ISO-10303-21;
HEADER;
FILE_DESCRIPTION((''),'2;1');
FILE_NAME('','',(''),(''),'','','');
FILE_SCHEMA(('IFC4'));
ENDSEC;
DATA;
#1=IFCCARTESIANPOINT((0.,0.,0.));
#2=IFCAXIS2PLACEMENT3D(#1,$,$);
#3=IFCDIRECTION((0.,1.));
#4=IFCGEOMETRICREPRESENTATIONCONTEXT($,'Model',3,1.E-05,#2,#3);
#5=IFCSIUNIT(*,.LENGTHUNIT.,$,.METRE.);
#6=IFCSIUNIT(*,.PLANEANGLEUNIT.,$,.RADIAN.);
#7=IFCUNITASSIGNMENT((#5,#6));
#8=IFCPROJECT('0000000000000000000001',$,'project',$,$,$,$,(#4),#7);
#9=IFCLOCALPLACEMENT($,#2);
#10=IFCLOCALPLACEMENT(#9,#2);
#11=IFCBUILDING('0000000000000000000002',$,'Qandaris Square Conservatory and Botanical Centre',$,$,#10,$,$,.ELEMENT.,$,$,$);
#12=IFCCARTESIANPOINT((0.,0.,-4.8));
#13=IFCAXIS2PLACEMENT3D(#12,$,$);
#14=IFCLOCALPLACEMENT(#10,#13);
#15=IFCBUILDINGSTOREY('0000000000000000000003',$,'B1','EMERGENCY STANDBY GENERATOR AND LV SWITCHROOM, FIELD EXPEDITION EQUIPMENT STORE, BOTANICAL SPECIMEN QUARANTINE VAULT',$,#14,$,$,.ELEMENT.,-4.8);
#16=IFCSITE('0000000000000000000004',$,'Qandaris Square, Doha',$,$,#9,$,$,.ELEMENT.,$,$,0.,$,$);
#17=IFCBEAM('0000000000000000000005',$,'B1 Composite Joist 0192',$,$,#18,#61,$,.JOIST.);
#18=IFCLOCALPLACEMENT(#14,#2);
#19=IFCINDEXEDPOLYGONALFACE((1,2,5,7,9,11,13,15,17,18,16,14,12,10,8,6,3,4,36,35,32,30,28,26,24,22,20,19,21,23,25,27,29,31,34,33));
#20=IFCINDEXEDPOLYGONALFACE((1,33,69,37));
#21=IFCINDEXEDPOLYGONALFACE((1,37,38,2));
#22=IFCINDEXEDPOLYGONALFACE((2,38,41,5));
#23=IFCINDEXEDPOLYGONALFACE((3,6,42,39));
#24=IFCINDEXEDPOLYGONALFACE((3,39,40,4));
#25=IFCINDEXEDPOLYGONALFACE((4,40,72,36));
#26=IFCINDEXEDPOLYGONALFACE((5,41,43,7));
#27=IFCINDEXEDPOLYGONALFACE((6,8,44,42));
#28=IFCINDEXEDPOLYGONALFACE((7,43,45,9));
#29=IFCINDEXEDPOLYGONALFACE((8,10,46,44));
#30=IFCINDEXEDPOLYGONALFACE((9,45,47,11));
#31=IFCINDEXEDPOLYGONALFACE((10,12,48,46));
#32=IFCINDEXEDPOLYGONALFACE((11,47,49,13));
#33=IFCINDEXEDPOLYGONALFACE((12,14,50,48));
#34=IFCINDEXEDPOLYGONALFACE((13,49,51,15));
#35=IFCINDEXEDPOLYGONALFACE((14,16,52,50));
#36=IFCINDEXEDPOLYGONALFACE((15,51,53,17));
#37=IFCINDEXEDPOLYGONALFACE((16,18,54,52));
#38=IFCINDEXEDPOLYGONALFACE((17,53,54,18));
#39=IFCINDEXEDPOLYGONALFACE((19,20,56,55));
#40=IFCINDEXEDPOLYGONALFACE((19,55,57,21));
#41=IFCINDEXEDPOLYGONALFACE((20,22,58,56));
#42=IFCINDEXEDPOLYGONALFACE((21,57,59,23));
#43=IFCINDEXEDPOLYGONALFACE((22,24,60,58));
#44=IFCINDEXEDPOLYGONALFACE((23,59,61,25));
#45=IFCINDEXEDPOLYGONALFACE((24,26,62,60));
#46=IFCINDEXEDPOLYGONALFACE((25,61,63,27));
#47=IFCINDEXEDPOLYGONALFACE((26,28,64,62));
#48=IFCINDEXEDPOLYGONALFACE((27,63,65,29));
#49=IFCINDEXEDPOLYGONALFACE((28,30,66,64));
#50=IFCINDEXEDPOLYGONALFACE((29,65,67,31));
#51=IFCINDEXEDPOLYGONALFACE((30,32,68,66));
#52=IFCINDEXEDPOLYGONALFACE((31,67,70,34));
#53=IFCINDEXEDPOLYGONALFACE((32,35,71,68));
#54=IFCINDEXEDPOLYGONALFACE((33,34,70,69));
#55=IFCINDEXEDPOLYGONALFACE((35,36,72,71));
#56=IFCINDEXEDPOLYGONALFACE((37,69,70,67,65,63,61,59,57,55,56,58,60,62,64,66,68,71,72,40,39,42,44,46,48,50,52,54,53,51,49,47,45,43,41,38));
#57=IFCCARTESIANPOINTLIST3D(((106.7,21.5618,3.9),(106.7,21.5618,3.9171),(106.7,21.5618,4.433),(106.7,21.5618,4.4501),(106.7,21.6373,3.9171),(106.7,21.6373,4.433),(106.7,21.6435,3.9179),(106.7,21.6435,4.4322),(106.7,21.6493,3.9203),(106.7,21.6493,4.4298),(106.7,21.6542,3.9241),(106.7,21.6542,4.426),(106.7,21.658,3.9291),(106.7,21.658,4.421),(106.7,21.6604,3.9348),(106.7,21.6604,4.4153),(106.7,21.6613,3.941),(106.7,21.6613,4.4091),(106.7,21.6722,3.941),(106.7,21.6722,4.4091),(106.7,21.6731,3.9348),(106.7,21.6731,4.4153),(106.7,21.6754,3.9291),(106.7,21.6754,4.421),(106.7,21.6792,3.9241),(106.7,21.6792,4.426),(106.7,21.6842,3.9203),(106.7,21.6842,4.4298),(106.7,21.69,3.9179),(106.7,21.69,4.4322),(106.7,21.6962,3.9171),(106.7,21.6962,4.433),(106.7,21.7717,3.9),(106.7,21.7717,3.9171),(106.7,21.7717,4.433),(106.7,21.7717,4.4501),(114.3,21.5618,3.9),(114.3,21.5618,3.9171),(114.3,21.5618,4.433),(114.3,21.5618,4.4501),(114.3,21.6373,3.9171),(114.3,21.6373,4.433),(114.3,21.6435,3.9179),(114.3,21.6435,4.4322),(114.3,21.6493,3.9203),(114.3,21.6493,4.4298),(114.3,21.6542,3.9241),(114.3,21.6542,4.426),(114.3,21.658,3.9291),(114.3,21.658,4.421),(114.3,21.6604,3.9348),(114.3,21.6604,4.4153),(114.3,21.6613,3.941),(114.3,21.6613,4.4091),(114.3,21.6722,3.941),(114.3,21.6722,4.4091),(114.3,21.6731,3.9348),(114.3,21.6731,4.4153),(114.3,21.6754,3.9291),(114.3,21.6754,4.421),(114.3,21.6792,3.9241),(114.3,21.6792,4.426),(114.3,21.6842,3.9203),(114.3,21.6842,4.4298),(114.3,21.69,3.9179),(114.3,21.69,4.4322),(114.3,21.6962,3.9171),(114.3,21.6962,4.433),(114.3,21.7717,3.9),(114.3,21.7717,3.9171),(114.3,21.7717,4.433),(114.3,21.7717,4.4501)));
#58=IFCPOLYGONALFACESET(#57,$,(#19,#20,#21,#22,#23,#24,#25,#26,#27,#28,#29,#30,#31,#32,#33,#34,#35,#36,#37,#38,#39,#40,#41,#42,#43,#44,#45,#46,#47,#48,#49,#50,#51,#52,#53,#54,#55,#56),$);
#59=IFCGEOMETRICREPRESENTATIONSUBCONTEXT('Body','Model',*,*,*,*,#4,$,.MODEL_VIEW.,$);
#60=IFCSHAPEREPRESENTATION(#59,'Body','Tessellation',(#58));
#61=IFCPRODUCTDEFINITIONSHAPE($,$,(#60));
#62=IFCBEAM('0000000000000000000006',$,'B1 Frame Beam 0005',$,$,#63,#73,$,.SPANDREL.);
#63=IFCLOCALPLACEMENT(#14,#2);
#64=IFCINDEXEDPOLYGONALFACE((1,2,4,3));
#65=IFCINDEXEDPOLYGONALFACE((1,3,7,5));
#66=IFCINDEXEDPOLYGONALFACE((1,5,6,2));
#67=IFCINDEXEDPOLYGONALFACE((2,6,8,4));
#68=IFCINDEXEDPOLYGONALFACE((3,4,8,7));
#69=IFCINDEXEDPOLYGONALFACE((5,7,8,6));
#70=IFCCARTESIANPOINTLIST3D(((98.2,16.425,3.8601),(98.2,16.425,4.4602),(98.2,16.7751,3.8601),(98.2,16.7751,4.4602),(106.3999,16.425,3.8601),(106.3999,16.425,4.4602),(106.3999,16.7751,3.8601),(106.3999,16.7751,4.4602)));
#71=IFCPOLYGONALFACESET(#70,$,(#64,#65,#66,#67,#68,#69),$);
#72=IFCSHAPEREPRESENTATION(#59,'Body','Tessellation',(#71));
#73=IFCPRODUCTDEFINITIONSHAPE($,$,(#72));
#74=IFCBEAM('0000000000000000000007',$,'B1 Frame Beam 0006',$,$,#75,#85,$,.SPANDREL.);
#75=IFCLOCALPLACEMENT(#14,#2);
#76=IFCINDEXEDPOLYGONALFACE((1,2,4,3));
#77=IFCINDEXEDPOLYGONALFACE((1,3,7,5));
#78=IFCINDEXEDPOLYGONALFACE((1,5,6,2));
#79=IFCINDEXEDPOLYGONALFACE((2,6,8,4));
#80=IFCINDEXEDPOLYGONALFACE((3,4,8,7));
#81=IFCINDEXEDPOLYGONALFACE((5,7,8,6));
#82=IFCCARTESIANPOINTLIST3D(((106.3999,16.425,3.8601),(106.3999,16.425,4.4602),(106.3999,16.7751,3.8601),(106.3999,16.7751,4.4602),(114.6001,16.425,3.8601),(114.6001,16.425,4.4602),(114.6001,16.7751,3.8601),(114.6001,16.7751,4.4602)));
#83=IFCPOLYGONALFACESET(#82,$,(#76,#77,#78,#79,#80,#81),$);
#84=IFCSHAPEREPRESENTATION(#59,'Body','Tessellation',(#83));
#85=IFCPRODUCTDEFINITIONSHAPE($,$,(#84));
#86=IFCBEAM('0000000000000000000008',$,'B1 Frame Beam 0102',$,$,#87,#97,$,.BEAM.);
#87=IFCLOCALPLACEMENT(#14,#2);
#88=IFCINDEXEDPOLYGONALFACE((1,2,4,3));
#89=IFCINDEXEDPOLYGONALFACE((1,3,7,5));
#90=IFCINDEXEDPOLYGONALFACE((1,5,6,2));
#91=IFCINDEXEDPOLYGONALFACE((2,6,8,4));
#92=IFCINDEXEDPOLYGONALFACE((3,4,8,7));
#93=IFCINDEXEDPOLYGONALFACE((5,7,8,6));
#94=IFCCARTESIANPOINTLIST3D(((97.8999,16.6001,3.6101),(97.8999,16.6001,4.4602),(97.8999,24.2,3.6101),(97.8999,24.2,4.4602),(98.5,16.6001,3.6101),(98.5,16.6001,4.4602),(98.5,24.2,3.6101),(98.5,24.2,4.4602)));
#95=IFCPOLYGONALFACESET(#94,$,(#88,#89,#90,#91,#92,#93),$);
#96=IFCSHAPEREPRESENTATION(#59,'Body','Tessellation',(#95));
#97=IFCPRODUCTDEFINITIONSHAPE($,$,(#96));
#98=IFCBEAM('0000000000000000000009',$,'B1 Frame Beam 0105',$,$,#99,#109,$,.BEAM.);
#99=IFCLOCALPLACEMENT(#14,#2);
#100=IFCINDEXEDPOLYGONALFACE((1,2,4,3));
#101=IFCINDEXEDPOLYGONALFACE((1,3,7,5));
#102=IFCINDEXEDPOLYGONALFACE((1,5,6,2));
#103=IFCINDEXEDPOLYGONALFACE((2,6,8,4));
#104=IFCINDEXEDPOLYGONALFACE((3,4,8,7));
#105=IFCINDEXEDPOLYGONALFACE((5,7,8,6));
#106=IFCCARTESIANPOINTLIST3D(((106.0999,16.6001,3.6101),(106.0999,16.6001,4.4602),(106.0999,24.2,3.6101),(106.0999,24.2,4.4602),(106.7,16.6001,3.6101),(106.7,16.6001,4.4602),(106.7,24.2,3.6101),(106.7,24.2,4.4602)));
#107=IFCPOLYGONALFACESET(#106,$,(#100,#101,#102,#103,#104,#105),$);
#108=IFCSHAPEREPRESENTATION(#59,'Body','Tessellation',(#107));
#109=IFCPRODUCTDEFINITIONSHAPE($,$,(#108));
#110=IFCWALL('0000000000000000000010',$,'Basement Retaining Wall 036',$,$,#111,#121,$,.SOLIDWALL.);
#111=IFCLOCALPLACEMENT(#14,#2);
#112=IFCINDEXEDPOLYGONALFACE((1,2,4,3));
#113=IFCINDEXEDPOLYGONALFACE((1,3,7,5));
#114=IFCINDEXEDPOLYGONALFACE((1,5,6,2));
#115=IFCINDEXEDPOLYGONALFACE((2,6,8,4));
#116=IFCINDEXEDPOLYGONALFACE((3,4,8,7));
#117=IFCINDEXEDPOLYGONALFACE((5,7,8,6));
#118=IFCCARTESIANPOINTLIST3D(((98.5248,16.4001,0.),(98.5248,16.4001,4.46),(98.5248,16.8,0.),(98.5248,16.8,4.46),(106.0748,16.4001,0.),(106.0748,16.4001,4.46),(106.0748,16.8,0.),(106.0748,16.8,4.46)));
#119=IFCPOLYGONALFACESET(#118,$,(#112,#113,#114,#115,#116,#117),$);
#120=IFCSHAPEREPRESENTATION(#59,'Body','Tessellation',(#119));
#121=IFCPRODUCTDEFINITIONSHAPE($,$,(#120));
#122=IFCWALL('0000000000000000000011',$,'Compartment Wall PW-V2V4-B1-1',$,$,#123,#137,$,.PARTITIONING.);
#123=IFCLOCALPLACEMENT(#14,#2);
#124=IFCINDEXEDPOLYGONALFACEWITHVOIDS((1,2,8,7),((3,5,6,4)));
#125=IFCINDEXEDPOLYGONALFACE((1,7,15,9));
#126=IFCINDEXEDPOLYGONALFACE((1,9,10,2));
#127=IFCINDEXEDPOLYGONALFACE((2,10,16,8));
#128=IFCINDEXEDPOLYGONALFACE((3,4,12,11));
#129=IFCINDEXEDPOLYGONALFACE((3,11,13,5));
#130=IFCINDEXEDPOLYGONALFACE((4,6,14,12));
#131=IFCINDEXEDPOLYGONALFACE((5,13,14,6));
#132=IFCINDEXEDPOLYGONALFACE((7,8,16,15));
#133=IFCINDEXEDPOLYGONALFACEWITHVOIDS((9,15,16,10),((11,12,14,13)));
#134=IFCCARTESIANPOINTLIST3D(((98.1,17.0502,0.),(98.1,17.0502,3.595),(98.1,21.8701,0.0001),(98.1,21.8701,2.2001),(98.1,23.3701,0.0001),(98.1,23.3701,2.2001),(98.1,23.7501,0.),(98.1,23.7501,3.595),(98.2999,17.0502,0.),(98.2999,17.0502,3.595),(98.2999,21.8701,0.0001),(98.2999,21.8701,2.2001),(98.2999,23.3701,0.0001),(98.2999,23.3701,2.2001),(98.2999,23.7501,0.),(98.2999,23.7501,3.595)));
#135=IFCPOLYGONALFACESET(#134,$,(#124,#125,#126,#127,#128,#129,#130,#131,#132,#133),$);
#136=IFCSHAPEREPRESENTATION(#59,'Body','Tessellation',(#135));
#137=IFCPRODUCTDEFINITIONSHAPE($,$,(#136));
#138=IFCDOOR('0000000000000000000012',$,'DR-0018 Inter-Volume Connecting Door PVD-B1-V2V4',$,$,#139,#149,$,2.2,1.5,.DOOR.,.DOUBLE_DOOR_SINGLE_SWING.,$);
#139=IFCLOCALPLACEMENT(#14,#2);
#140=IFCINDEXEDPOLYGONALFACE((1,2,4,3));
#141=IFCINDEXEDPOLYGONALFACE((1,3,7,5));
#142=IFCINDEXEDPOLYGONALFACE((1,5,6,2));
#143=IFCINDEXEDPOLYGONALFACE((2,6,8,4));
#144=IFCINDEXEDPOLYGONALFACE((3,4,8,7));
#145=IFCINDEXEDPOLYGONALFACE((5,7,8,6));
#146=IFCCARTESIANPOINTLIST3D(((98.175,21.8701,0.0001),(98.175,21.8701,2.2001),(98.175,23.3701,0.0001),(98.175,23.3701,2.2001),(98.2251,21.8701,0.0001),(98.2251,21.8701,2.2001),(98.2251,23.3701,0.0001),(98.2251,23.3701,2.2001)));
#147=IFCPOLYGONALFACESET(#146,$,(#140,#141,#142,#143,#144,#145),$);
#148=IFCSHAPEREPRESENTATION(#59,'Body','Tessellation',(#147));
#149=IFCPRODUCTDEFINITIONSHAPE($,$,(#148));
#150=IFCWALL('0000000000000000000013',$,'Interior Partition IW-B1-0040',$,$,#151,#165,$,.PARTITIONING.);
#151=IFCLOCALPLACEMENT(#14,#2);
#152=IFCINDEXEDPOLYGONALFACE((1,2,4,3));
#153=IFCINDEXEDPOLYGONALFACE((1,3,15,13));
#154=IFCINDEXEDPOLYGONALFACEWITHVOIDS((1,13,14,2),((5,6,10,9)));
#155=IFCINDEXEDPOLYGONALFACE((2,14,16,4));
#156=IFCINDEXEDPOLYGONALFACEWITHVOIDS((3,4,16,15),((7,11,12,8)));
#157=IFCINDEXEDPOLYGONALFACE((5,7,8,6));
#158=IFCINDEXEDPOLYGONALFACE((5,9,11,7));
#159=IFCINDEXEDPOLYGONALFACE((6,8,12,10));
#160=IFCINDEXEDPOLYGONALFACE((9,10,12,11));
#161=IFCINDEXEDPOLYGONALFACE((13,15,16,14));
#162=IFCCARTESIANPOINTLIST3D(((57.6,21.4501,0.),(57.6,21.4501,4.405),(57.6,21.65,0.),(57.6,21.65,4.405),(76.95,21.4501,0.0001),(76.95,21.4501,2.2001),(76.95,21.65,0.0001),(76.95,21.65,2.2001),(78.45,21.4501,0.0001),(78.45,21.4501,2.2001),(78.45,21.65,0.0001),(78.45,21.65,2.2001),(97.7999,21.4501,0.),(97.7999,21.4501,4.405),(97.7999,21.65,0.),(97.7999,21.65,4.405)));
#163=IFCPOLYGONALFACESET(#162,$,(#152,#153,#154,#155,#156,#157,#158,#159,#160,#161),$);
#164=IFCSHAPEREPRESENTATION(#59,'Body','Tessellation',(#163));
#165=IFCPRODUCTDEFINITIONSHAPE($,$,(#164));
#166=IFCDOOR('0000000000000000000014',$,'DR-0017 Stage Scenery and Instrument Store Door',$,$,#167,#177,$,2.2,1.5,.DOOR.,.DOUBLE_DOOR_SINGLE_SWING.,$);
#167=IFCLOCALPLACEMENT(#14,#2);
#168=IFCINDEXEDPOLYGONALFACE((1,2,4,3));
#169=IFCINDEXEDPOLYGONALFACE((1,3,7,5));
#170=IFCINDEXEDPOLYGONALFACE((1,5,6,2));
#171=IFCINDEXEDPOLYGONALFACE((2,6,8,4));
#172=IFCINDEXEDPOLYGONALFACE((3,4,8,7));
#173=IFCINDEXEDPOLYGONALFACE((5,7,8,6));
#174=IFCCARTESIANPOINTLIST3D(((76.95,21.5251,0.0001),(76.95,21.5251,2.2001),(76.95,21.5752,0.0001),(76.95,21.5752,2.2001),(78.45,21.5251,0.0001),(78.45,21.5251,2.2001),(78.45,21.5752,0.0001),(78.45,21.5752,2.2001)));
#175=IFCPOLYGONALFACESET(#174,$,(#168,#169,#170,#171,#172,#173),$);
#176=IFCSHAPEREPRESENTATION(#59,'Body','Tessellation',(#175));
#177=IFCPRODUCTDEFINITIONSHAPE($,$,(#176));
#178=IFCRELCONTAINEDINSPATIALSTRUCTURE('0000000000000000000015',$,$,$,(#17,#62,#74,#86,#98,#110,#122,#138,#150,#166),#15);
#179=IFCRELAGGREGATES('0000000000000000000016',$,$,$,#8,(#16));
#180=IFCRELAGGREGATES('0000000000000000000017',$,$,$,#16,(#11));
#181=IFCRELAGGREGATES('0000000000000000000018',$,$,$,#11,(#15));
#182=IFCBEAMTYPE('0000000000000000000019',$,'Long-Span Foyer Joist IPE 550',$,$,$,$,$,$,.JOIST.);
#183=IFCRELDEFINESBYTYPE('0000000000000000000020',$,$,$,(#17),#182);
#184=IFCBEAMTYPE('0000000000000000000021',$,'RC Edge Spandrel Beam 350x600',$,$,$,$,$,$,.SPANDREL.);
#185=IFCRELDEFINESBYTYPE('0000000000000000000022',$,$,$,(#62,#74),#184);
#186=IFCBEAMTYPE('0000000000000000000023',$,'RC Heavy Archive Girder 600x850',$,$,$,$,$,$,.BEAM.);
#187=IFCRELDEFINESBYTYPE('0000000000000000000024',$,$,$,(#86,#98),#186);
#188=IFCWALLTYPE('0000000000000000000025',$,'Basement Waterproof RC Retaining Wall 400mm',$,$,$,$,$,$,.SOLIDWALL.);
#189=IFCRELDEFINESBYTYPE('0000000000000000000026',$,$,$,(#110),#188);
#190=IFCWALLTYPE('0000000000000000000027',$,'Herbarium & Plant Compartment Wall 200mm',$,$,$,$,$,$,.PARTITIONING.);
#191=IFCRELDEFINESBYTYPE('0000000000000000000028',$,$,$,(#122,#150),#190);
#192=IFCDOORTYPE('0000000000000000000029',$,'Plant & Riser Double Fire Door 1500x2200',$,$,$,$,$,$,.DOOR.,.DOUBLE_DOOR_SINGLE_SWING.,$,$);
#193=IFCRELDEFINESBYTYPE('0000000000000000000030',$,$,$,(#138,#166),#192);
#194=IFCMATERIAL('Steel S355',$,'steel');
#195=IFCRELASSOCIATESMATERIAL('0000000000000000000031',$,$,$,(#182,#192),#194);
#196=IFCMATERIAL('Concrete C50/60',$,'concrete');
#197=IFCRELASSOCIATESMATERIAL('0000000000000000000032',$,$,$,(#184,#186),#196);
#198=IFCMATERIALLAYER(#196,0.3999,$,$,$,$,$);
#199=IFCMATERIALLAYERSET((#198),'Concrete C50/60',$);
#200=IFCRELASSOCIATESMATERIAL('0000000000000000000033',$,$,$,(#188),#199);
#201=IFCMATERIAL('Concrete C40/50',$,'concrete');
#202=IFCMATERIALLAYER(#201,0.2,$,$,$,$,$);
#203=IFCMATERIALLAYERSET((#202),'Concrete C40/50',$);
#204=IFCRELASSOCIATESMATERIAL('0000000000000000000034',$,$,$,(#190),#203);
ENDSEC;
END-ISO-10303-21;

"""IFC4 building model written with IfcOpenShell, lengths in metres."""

from ifc_helpers import new_model, si_unit, direction, frame, frame_2d, origin, origin_2d, place, context, subcontext, project, spatial, rectangle, i_section, extrude, material, layer, layer_set, material_profile, profile_set, type_object, element, fill, save


model = new_model("IFC4")

# Units and contexts
model_context = context("Model", 3, precision=1e-05, world=origin(), true_north=direction((0.0, 1.0)))
body_context = subcontext(model_context, "Body", "Model", "MODEL_VIEW")
ifc_project = project(units=[si_unit("LENGTHUNIT", "METRE"), si_unit("PLANEANGLEUNIT", "RADIAN")], contexts=[model_context])

# Site, building, storey
site_placement = place(None, origin())
site = spatial("IfcSite", under=ifc_project, at=site_placement, Name="Qandaris Square, Doha", CompositionType="ELEMENT", RefElevation=0.0)
building_placement = place(site_placement, origin())
building = spatial("IfcBuilding", under=site, at=building_placement, Name="Qandaris Square Conservatory and Botanical Centre", CompositionType="ELEMENT")
storey_placement = place(building_placement, frame((0.0, 0.0, -4.8)))
storey = spatial("IfcBuildingStorey", under=building, at=storey_placement, Name="B1", Description="EMERGENCY STANDBY GENERATOR AND LV SWITCHROOM, FIELD EXPEDITION EQUIPMENT STORE, BOTANICAL SPECIMEN QUARANTINE VAULT", CompositionType="ELEMENT", Elevation=-4.8)

# Shared definitions
ifc_material_1 = material(Name="Concrete C50/60", Category="concrete")

# Shared definitions
ifc_material_2 = material(Name="Concrete C40/50", Category="concrete")

# Beams
ifc_material_3 = material(Name="Steel S355", Category="steel")
ifc_material_profile_1 = material_profile(ifc_material_3, i_section(OverallWidth=0.21, OverallDepth=0.55, WebThickness=0.011, FlangeThickness=0.0171, FilletRadius=0.0239, at=origin_2d()), Name="IPE 550")
ifc_profile_set_1 = profile_set([ifc_material_profile_1], Name="Steel S355")
beam_type_1 = type_object("IfcBeamType", Name="Long-Span Foyer Joist IPE 550", PredefinedType="JOIST", material=ifc_profile_set_1)
beam_1_placement = place(storey_placement, frame((106.7, 21.6667, 4.175), z_axis=(1.0, 0.0, 0.0), x_axis=(0.0, 1.0, 0.0)))
element("IfcBeam", 1, at=beam_1_placement, inside=storey, type_object=beam_type_1, Name="B1 Composite Joist 0192", PredefinedType="JOIST", context=body_context, shape_type="SweptSolid", body=[
    extrude(i_section(OverallWidth=0.21, OverallDepth=0.55, WebThickness=0.011, FlangeThickness=0.0171, FilletRadius=0.0239, at=origin_2d()), origin(), (0.0, 0.0, 1.0), 7.6001),
])
ifc_material_profile_2 = material_profile(ifc_material_1, rectangle(XDim=0.3501, YDim=0.6001, at=origin_2d()), Name="RC-SP 350x600")
ifc_profile_set_2 = profile_set([ifc_material_profile_2], Name="Concrete C50/60")
beam_type_2 = type_object("IfcBeamType", Name="RC Edge Spandrel Beam 350x600", PredefinedType="SPANDREL", material=ifc_profile_set_2)
beam_2_placement = place(storey_placement, frame((98.2, 16.6001, 4.1602), z_axis=(1.0, 0.0, 0.0), x_axis=(0.0, 1.0, 0.0)))
element("IfcBeam", 2, at=beam_2_placement, inside=storey, type_object=beam_type_2, Name="B1 Frame Beam 0005", PredefinedType="SPANDREL", context=body_context, shape_type="SweptSolid", body=[
    extrude(rectangle(XDim=0.3501, YDim=0.6001, at=origin_2d()), origin(), (0.0, 0.0, 1.0), 8.2),
])
beam_3_placement = place(storey_placement, frame((106.3999, 16.6001, 4.1602), z_axis=(1.0, 0.0, 0.0), x_axis=(0.0, 1.0, 0.0)))
element("IfcBeam", 3, at=beam_3_placement, inside=storey, type_object=beam_type_2, Name="B1 Frame Beam 0006", PredefinedType="SPANDREL", context=body_context, shape_type="SweptSolid", body=[
    extrude(rectangle(XDim=0.3501, YDim=0.6001, at=origin_2d()), origin(), (0.0, 0.0, 1.0), 8.2002),
])
ifc_material_profile_3 = material_profile(ifc_material_1, rectangle(XDim=0.6001, YDim=0.8501, at=origin_2d()), Name="RC-BM 600x850")
ifc_profile_set_3 = profile_set([ifc_material_profile_3], Name="Concrete C50/60")
beam_type_3 = type_object("IfcBeamType", Name="RC Heavy Archive Girder 600x850", PredefinedType="BEAM", material=ifc_profile_set_3)
for number, where, z_axis, x_axis, name in (
    (4, (98.2, 16.6001, 4.0352), (0.0, 1.0, 0.0), (-1.0, 0.0, 0.0), "B1 Frame Beam 0102"),
    (5, (106.3999, 16.6001, 4.0352), (0.0, 1.0, 0.0), (-1.0, 0.0, 0.0), "B1 Frame Beam 0105"),
):
    element("IfcBeam", number, at=place(storey_placement, frame(where, z_axis=z_axis, x_axis=x_axis)), inside=storey, type_object=beam_type_3, Name=name, PredefinedType="BEAM", context=body_context, shape_type="SweptSolid", body=[
        extrude(rectangle(XDim=0.6001, YDim=0.8501, at=origin_2d()), origin(), (0.0, 0.0, 1.0), 7.5999),
    ])

# Wall
ifc_layer_1 = layer(ifc_material_1, 0.3999)
ifc_layer_set_1 = layer_set([ifc_layer_1], Name="Concrete C50/60")
wall_type_1 = type_object("IfcWallType", Name="Basement Waterproof RC Retaining Wall 400mm", PredefinedType="SOLIDWALL", material=ifc_layer_set_1)
wall_1_placement = place(storey_placement, frame((98.5249, 16.6001, 0.0), z_axis=(0.0, 0.0, 1.0), x_axis=(1.0, 0.0, 0.0)))
element("IfcWall", 6, at=wall_1_placement, inside=storey, type_object=wall_type_1, Name="Basement Retaining Wall 036", PredefinedType="SOLIDWALL", context=body_context, shape_type="SweptSolid", body=[
    extrude(rectangle(XDim=7.55, YDim=0.3999, at=frame_2d((3.7749, 0.0))), origin(), (0.0, 0.0, 1.0), 4.46),
])

# Walls, openings, doors
ifc_layer_2 = layer(ifc_material_2, 0.2)
ifc_layer_set_2 = layer_set([ifc_layer_2], Name="Concrete C40/50")
wall_type_2 = type_object("IfcWallType", Name="Herbarium & Plant Compartment Wall 200mm", PredefinedType="PARTITIONING", material=ifc_layer_set_2)
wall_2_placement = place(storey_placement, frame((98.2, 17.05, 0.0), z_axis=(0.0, 0.0, 1.0), x_axis=(0.0, 1.0, 0.0)))
wall_2 = element("IfcWall", 7, at=wall_2_placement, inside=storey, type_object=wall_type_2, Name="Compartment Wall PW-V2V4-B1-1", PredefinedType="PARTITIONING", context=body_context, shape_type="SweptSolid", body=[
    extrude(rectangle(XDim=6.7, YDim=0.2, at=frame_2d((3.3501, 0.0))), origin(), (0.0, 0.0, 1.0), 3.595),
])
opening_1_placement = place(wall_2_placement, frame((4.8201, 0.0, 0.0)))
opening_1 = element("IfcOpeningElement", 8, at=opening_1_placement, cuts=wall_2, PredefinedType="OPENING", context=body_context, shape_type="SweptSolid", body=[
    extrude(rectangle(XDim=1.5, YDim=2.2, at=frame_2d((0.75, 1.1001))), frame((0.0, 0.1118, 0.0), z_axis=(0.0, -1.0, 0.0), x_axis=(1.0, 0.0, 0.0)), (0.0, 0.0, 1.0), 0.2239),
])
door_type = type_object("IfcDoorType", Name="Plant & Riser Double Fire Door 1500x2200", OperationType="DOUBLE_DOOR_SINGLE_SWING", PredefinedType="DOOR", material=ifc_material_3)
door_1_placement = place(opening_1_placement, origin())
door_1 = element("IfcDoor", 9, at=door_1_placement, inside=storey, type_object=door_type, Name="DR-0018 Inter-Volume Connecting Door PVD-B1-V2V4", OperationType="DOUBLE_DOOR_SINGLE_SWING", OverallHeight=2.2, OverallWidth=1.5, PredefinedType="DOOR", context=body_context, shape_type="SweptSolid", body=[
    extrude(rectangle(XDim=1.5, YDim=2.2, at=frame_2d((0.75, 1.1001))), frame((0.0, 0.0249, 0.0), z_axis=(0.0, -1.0, 0.0), x_axis=(1.0, 0.0, 0.0)), (0.0, 0.0, 1.0), 0.05),
])
fill(opening_1, door_1)
wall_3_placement = place(storey_placement, frame((97.8, 21.55, 0.0), z_axis=(0.0, 0.0, 1.0), x_axis=(-1.0, 0.0, 0.0)))
wall_3 = element("IfcWall", 10, at=wall_3_placement, inside=storey, type_object=wall_type_2, Name="Interior Partition IW-B1-0040", PredefinedType="PARTITIONING", context=body_context, shape_type="SweptSolid", body=[
    extrude(rectangle(XDim=40.2, YDim=0.2, at=frame_2d((20.1001, 0.0))), origin(), (0.0, 0.0, 1.0), 4.405),
])
opening_2_placement = place(wall_3_placement, frame((19.3501, 0.0, 0.0)))
opening_2 = element("IfcOpeningElement", 11, at=opening_2_placement, cuts=wall_3, PredefinedType="OPENING", context=body_context, shape_type="SweptSolid", body=[
    extrude(rectangle(XDim=1.5, YDim=2.2, at=frame_2d((0.75, 1.1001))), frame((0.0, 0.1118, 0.0), z_axis=(0.0, -1.0, 0.0), x_axis=(1.0, 0.0, 0.0)), (0.0, 0.0, 1.0), 0.2239),
])
door_2_placement = place(opening_2_placement, origin())
door_2 = element("IfcDoor", 12, at=door_2_placement, inside=storey, type_object=door_type, Name="DR-0017 Stage Scenery and Instrument Store Door", OperationType="DOUBLE_DOOR_SINGLE_SWING", OverallHeight=2.2, OverallWidth=1.5, PredefinedType="DOOR", context=body_context, shape_type="SweptSolid", body=[
    extrude(rectangle(XDim=1.5, YDim=2.2, at=frame_2d((0.75, 1.1001))), frame((0.0, 0.0249, 0.0), z_axis=(0.0, -1.0, 0.0), x_axis=(1.0, 0.0, 0.0)), (0.0, 0.0, 1.0), 0.05),
])
fill(opening_2, door_2)

save(model, "model.ifc")
